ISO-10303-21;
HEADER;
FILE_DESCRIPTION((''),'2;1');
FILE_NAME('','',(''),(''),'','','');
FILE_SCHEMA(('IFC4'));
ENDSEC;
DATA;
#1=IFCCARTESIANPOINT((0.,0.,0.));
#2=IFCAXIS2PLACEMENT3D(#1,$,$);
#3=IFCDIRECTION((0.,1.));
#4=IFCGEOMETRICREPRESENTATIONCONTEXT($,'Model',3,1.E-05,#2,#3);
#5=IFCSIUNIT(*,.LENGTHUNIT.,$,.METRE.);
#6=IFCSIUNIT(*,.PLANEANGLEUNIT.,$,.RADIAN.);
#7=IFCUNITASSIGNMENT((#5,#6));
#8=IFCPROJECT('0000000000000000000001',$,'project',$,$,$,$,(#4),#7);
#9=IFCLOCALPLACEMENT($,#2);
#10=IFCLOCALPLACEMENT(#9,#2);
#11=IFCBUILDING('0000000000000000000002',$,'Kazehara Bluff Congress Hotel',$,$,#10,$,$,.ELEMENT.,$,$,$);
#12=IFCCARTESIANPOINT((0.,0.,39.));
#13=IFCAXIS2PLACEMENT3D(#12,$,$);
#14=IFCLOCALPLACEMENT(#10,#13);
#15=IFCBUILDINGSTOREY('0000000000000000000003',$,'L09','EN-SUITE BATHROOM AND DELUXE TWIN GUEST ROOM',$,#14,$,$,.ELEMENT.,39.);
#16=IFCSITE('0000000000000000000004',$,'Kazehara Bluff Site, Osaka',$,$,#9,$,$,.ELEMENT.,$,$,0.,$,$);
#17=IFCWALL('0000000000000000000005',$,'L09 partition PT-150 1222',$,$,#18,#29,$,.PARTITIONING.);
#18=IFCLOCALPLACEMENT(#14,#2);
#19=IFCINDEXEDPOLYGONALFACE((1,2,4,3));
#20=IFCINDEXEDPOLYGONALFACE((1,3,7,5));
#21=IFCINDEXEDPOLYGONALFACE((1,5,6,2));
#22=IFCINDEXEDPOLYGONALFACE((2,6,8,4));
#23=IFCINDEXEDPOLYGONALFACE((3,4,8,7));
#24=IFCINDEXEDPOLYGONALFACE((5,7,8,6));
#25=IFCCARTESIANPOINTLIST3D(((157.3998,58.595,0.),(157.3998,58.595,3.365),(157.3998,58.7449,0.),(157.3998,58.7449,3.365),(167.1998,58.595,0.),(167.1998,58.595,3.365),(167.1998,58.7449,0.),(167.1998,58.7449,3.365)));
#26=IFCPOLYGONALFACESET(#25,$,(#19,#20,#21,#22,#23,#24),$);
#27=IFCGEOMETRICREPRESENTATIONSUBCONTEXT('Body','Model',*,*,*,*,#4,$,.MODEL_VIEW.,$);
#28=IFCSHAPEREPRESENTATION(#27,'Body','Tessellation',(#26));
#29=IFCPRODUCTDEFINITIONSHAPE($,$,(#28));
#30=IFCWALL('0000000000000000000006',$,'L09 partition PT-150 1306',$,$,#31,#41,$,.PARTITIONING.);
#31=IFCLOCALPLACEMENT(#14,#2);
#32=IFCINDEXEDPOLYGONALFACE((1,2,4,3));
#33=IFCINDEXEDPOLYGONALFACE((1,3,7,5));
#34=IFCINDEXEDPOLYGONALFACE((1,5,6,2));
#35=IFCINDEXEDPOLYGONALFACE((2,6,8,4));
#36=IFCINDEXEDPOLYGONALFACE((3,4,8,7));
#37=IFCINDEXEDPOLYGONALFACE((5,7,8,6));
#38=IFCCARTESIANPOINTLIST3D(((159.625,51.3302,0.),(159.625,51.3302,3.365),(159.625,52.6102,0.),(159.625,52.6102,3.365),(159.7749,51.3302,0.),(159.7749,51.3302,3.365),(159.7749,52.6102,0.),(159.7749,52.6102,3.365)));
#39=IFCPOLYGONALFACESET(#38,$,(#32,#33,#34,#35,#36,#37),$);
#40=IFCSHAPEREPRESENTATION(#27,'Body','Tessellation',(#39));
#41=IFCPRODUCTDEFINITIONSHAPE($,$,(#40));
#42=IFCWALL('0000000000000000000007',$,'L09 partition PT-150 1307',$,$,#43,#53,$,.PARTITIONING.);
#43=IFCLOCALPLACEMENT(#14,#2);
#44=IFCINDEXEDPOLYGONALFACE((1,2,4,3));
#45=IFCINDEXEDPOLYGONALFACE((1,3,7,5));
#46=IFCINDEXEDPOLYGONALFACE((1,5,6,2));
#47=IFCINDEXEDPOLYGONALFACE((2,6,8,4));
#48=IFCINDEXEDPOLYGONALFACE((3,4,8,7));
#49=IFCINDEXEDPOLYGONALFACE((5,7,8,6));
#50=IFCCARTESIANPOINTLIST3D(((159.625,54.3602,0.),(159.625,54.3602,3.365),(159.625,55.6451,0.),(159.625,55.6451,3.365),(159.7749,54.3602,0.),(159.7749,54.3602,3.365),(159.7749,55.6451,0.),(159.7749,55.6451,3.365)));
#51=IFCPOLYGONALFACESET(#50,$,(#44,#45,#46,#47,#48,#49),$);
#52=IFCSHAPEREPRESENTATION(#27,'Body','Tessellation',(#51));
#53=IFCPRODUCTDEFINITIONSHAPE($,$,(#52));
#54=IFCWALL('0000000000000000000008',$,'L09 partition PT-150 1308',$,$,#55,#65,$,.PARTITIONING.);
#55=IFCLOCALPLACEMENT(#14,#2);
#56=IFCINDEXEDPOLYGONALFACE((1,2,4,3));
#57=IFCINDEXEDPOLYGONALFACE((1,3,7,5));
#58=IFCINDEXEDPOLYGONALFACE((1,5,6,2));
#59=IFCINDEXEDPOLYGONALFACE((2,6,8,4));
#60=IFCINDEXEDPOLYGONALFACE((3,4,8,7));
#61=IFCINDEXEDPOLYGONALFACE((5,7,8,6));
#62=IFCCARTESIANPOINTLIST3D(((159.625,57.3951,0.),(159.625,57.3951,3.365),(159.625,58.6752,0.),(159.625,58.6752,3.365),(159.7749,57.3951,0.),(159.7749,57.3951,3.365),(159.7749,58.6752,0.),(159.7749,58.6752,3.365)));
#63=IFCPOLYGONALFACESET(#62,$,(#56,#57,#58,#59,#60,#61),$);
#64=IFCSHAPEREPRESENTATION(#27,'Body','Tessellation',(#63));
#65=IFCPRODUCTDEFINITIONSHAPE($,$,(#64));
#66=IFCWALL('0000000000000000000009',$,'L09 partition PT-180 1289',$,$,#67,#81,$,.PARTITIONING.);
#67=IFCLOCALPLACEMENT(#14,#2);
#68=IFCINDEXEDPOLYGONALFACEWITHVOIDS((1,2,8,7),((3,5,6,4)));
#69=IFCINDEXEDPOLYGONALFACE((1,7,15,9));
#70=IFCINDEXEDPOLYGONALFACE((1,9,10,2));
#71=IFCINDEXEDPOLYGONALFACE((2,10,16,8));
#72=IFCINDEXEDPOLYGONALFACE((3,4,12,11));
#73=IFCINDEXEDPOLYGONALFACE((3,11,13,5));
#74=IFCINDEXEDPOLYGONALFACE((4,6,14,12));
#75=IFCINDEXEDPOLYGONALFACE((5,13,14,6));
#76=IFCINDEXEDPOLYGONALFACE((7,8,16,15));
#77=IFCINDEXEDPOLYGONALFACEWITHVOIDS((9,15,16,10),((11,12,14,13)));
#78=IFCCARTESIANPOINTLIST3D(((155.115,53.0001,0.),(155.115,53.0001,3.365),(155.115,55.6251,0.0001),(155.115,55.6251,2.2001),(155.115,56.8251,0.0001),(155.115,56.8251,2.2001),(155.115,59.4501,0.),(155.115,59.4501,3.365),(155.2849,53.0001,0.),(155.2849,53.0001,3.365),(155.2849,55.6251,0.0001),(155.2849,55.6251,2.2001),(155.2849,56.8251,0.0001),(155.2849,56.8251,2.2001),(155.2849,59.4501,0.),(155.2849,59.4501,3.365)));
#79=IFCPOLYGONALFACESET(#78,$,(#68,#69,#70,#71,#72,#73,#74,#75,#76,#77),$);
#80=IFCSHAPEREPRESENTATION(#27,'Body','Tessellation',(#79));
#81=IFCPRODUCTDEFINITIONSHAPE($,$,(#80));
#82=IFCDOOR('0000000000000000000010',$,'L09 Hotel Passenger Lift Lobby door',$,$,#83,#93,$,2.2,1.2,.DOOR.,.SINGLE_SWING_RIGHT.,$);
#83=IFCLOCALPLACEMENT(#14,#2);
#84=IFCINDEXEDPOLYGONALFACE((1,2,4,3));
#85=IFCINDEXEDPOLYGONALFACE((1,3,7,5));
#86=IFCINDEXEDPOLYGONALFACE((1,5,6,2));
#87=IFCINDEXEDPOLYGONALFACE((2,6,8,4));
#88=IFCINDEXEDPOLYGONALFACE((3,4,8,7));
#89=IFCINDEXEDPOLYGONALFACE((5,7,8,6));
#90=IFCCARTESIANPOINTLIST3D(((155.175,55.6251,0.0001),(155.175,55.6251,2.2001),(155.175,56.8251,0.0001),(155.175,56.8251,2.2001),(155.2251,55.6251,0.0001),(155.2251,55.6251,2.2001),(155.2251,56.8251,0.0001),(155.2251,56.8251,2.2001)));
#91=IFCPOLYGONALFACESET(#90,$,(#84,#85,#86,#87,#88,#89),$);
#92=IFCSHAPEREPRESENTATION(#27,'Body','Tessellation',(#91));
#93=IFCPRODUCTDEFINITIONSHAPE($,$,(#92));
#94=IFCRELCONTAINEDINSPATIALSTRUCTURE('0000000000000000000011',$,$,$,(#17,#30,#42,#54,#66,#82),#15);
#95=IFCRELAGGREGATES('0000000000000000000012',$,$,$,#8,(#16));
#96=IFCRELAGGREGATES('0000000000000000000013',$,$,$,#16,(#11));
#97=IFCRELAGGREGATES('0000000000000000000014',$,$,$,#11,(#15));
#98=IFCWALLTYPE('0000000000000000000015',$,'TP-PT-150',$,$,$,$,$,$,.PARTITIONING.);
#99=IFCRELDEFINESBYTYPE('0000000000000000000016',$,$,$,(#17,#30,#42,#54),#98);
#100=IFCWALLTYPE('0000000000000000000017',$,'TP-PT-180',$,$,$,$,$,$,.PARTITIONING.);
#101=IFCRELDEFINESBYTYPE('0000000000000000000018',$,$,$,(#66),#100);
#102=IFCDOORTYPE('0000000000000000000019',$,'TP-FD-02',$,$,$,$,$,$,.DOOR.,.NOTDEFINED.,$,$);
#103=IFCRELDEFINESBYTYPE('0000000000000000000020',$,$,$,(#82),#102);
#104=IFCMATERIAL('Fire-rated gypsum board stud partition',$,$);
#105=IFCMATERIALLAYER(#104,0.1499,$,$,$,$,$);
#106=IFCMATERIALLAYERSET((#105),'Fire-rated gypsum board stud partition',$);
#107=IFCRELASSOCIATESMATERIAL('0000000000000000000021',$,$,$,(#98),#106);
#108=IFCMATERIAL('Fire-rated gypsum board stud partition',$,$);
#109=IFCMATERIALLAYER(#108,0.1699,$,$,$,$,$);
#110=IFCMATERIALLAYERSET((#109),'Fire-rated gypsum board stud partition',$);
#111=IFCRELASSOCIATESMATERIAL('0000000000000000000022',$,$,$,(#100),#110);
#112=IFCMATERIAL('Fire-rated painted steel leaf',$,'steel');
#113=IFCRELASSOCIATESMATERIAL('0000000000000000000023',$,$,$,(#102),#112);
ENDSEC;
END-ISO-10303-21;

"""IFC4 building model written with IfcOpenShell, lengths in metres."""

from ifc_helpers import new_model, si_unit, direction, frame, frame_2d, origin, place, context, subcontext, project, spatial, rectangle, extrude, material, layer, layer_set, type_object, element, fill, save


model = new_model("IFC4")

# Units and contexts
model_context = context("Model", 3, precision=1e-05, world=origin(), true_north=direction((0.0, 1.0)))
body_context = subcontext(model_context, "Body", "Model", "MODEL_VIEW")
ifc_project = project(units=[si_unit("LENGTHUNIT", "METRE"), si_unit("PLANEANGLEUNIT", "RADIAN")], contexts=[model_context])

# Site, building, storey
site_placement = place(None, origin())
site = spatial("IfcSite", under=ifc_project, at=site_placement, Name="Kazehara Bluff Site, Osaka", CompositionType="ELEMENT", RefElevation=0.0)
building_placement = place(site_placement, origin())
building = spatial("IfcBuilding", under=site, at=building_placement, Name="Kazehara Bluff Congress Hotel", CompositionType="ELEMENT")
storey_placement = place(building_placement, frame((0.0, 0.0, 39.0)))
storey = spatial("IfcBuildingStorey", under=building, at=storey_placement, Name="L09", Description="EN-SUITE BATHROOM AND DELUXE TWIN GUEST ROOM", CompositionType="ELEMENT", Elevation=39.0)

# Shared definitions
ifc_material_1 = material(Name="Fire-rated gypsum board stud partition")
ifc_layer_1 = layer(ifc_material_1, 0.1499)
ifc_layer_set_1 = layer_set([ifc_layer_1], Name="Fire-rated gypsum board stud partition")
wall_type_1 = type_object("IfcWallType", Name="TP-PT-150", PredefinedType="PARTITIONING", material=ifc_layer_set_1)

# Walls
wall_1_placement = place(storey_placement, frame((157.3999, 58.6699, 0.0), z_axis=(0.0, 0.0, 1.0), x_axis=(1.0, 0.0, 0.0)))
element("IfcWall", 1, at=wall_1_placement, inside=storey, type_object=wall_type_1, Name="L09 partition PT-150 1222", PredefinedType="PARTITIONING", context=body_context, shape_type="SweptSolid", body=[
    extrude(rectangle(XDim=9.8, YDim=0.1499, at=frame_2d((4.8999, 0.0))), origin(), (0.0, 0.0, 1.0), 3.365),
])
wall_2_placement = place(storey_placement, frame((159.7, 51.3301, 0.0), z_axis=(0.0, 0.0, 1.0), x_axis=(0.0, 1.0, 0.0)))
element("IfcWall", 2, at=wall_2_placement, inside=storey, type_object=wall_type_1, Name="L09 partition PT-150 1306", PredefinedType="PARTITIONING", context=body_context, shape_type="SweptSolid", body=[
    extrude(rectangle(XDim=1.28, YDim=0.1499, at=frame_2d((0.6401, 0.0))), origin(), (0.0, 0.0, 1.0), 3.365),
])
wall_3_placement = place(storey_placement, frame((159.7, 54.3601, 0.0), z_axis=(0.0, 0.0, 1.0), x_axis=(0.0, 1.0, 0.0)))
element("IfcWall", 3, at=wall_3_placement, inside=storey, type_object=wall_type_1, Name="L09 partition PT-150 1307", PredefinedType="PARTITIONING", context=body_context, shape_type="SweptSolid", body=[
    extrude(rectangle(XDim=1.2849, YDim=0.1499, at=frame_2d((0.6426, 0.0))), origin(), (0.0, 0.0, 1.0), 3.365),
])
wall_4_placement = place(storey_placement, frame((159.7, 57.395, 0.0), z_axis=(0.0, 0.0, 1.0), x_axis=(0.0, 1.0, 0.0)))
element("IfcWall", 4, at=wall_4_placement, inside=storey, type_object=wall_type_1, Name="L09 partition PT-150 1308", PredefinedType="PARTITIONING", context=body_context, shape_type="SweptSolid", body=[
    extrude(rectangle(XDim=1.28, YDim=0.1499, at=frame_2d((0.6401, 0.0))), origin(), (0.0, 0.0, 1.0), 3.365),
])

# Wall, opening, door
ifc_material_2 = material(Name="Fire-rated gypsum board stud partition")
ifc_layer_2 = layer(ifc_material_2, 0.1699)
ifc_layer_set_2 = layer_set([ifc_layer_2], Name="Fire-rated gypsum board stud partition")
wall_type_2 = type_object("IfcWallType", Name="TP-PT-180", PredefinedType="PARTITIONING", material=ifc_layer_set_2)
wall_5_placement = place(storey_placement, frame((155.2, 53.0, 0.0), z_axis=(0.0, 0.0, 1.0), x_axis=(0.0, 1.0, 0.0)))
wall_5 = element("IfcWall", 5, at=wall_5_placement, inside=storey, type_object=wall_type_2, Name="L09 partition PT-180 1289", PredefinedType="PARTITIONING", context=body_context, shape_type="SweptSolid", body=[
    extrude(rectangle(XDim=6.45, YDim=0.1699, at=frame_2d((3.2251, 0.0))), origin(), (0.0, 0.0, 1.0), 3.365),
])
opening_1_placement = place(wall_5_placement, frame((2.625, 0.0, 0.0)))
opening_1 = element("IfcOpeningElement", 6, at=opening_1_placement, cuts=wall_5, PredefinedType="OPENING", context=body_context, shape_type="SweptSolid", body=[
    extrude(rectangle(XDim=1.2, YDim=2.2, at=frame_2d((0.6001, 1.1001))), frame((0.0, 0.095, 0.0), z_axis=(0.0, -1.0, 0.0), x_axis=(1.0, 0.0, 0.0)), (0.0, 0.0, 1.0), 0.1899),
])
ifc_material_3 = material(Name="Fire-rated painted steel leaf", Category="steel")
door_type_1 = type_object("IfcDoorType", Name="TP-FD-02", OperationType="NOTDEFINED", PredefinedType="DOOR", material=ifc_material_3)
door_1_placement = place(opening_1_placement, origin())
door_1 = element("IfcDoor", 7, at=door_1_placement, inside=storey, type_object=door_type_1, Name="L09 Hotel Passenger Lift Lobby door", OperationType="SINGLE_SWING_RIGHT", OverallHeight=2.2, OverallWidth=1.2, PredefinedType="DOOR", context=body_context, shape_type="SweptSolid", body=[
    extrude(rectangle(XDim=1.2, YDim=2.2, at=frame_2d((0.6001, 1.1001))), frame((0.0, 0.0249, 0.0), z_axis=(0.0, -1.0, 0.0), x_axis=(1.0, 0.0, 0.0)), (0.0, 0.0, 1.0), 0.05),
])
fill(opening_1, door_1)

save(model, "model.ifc")
